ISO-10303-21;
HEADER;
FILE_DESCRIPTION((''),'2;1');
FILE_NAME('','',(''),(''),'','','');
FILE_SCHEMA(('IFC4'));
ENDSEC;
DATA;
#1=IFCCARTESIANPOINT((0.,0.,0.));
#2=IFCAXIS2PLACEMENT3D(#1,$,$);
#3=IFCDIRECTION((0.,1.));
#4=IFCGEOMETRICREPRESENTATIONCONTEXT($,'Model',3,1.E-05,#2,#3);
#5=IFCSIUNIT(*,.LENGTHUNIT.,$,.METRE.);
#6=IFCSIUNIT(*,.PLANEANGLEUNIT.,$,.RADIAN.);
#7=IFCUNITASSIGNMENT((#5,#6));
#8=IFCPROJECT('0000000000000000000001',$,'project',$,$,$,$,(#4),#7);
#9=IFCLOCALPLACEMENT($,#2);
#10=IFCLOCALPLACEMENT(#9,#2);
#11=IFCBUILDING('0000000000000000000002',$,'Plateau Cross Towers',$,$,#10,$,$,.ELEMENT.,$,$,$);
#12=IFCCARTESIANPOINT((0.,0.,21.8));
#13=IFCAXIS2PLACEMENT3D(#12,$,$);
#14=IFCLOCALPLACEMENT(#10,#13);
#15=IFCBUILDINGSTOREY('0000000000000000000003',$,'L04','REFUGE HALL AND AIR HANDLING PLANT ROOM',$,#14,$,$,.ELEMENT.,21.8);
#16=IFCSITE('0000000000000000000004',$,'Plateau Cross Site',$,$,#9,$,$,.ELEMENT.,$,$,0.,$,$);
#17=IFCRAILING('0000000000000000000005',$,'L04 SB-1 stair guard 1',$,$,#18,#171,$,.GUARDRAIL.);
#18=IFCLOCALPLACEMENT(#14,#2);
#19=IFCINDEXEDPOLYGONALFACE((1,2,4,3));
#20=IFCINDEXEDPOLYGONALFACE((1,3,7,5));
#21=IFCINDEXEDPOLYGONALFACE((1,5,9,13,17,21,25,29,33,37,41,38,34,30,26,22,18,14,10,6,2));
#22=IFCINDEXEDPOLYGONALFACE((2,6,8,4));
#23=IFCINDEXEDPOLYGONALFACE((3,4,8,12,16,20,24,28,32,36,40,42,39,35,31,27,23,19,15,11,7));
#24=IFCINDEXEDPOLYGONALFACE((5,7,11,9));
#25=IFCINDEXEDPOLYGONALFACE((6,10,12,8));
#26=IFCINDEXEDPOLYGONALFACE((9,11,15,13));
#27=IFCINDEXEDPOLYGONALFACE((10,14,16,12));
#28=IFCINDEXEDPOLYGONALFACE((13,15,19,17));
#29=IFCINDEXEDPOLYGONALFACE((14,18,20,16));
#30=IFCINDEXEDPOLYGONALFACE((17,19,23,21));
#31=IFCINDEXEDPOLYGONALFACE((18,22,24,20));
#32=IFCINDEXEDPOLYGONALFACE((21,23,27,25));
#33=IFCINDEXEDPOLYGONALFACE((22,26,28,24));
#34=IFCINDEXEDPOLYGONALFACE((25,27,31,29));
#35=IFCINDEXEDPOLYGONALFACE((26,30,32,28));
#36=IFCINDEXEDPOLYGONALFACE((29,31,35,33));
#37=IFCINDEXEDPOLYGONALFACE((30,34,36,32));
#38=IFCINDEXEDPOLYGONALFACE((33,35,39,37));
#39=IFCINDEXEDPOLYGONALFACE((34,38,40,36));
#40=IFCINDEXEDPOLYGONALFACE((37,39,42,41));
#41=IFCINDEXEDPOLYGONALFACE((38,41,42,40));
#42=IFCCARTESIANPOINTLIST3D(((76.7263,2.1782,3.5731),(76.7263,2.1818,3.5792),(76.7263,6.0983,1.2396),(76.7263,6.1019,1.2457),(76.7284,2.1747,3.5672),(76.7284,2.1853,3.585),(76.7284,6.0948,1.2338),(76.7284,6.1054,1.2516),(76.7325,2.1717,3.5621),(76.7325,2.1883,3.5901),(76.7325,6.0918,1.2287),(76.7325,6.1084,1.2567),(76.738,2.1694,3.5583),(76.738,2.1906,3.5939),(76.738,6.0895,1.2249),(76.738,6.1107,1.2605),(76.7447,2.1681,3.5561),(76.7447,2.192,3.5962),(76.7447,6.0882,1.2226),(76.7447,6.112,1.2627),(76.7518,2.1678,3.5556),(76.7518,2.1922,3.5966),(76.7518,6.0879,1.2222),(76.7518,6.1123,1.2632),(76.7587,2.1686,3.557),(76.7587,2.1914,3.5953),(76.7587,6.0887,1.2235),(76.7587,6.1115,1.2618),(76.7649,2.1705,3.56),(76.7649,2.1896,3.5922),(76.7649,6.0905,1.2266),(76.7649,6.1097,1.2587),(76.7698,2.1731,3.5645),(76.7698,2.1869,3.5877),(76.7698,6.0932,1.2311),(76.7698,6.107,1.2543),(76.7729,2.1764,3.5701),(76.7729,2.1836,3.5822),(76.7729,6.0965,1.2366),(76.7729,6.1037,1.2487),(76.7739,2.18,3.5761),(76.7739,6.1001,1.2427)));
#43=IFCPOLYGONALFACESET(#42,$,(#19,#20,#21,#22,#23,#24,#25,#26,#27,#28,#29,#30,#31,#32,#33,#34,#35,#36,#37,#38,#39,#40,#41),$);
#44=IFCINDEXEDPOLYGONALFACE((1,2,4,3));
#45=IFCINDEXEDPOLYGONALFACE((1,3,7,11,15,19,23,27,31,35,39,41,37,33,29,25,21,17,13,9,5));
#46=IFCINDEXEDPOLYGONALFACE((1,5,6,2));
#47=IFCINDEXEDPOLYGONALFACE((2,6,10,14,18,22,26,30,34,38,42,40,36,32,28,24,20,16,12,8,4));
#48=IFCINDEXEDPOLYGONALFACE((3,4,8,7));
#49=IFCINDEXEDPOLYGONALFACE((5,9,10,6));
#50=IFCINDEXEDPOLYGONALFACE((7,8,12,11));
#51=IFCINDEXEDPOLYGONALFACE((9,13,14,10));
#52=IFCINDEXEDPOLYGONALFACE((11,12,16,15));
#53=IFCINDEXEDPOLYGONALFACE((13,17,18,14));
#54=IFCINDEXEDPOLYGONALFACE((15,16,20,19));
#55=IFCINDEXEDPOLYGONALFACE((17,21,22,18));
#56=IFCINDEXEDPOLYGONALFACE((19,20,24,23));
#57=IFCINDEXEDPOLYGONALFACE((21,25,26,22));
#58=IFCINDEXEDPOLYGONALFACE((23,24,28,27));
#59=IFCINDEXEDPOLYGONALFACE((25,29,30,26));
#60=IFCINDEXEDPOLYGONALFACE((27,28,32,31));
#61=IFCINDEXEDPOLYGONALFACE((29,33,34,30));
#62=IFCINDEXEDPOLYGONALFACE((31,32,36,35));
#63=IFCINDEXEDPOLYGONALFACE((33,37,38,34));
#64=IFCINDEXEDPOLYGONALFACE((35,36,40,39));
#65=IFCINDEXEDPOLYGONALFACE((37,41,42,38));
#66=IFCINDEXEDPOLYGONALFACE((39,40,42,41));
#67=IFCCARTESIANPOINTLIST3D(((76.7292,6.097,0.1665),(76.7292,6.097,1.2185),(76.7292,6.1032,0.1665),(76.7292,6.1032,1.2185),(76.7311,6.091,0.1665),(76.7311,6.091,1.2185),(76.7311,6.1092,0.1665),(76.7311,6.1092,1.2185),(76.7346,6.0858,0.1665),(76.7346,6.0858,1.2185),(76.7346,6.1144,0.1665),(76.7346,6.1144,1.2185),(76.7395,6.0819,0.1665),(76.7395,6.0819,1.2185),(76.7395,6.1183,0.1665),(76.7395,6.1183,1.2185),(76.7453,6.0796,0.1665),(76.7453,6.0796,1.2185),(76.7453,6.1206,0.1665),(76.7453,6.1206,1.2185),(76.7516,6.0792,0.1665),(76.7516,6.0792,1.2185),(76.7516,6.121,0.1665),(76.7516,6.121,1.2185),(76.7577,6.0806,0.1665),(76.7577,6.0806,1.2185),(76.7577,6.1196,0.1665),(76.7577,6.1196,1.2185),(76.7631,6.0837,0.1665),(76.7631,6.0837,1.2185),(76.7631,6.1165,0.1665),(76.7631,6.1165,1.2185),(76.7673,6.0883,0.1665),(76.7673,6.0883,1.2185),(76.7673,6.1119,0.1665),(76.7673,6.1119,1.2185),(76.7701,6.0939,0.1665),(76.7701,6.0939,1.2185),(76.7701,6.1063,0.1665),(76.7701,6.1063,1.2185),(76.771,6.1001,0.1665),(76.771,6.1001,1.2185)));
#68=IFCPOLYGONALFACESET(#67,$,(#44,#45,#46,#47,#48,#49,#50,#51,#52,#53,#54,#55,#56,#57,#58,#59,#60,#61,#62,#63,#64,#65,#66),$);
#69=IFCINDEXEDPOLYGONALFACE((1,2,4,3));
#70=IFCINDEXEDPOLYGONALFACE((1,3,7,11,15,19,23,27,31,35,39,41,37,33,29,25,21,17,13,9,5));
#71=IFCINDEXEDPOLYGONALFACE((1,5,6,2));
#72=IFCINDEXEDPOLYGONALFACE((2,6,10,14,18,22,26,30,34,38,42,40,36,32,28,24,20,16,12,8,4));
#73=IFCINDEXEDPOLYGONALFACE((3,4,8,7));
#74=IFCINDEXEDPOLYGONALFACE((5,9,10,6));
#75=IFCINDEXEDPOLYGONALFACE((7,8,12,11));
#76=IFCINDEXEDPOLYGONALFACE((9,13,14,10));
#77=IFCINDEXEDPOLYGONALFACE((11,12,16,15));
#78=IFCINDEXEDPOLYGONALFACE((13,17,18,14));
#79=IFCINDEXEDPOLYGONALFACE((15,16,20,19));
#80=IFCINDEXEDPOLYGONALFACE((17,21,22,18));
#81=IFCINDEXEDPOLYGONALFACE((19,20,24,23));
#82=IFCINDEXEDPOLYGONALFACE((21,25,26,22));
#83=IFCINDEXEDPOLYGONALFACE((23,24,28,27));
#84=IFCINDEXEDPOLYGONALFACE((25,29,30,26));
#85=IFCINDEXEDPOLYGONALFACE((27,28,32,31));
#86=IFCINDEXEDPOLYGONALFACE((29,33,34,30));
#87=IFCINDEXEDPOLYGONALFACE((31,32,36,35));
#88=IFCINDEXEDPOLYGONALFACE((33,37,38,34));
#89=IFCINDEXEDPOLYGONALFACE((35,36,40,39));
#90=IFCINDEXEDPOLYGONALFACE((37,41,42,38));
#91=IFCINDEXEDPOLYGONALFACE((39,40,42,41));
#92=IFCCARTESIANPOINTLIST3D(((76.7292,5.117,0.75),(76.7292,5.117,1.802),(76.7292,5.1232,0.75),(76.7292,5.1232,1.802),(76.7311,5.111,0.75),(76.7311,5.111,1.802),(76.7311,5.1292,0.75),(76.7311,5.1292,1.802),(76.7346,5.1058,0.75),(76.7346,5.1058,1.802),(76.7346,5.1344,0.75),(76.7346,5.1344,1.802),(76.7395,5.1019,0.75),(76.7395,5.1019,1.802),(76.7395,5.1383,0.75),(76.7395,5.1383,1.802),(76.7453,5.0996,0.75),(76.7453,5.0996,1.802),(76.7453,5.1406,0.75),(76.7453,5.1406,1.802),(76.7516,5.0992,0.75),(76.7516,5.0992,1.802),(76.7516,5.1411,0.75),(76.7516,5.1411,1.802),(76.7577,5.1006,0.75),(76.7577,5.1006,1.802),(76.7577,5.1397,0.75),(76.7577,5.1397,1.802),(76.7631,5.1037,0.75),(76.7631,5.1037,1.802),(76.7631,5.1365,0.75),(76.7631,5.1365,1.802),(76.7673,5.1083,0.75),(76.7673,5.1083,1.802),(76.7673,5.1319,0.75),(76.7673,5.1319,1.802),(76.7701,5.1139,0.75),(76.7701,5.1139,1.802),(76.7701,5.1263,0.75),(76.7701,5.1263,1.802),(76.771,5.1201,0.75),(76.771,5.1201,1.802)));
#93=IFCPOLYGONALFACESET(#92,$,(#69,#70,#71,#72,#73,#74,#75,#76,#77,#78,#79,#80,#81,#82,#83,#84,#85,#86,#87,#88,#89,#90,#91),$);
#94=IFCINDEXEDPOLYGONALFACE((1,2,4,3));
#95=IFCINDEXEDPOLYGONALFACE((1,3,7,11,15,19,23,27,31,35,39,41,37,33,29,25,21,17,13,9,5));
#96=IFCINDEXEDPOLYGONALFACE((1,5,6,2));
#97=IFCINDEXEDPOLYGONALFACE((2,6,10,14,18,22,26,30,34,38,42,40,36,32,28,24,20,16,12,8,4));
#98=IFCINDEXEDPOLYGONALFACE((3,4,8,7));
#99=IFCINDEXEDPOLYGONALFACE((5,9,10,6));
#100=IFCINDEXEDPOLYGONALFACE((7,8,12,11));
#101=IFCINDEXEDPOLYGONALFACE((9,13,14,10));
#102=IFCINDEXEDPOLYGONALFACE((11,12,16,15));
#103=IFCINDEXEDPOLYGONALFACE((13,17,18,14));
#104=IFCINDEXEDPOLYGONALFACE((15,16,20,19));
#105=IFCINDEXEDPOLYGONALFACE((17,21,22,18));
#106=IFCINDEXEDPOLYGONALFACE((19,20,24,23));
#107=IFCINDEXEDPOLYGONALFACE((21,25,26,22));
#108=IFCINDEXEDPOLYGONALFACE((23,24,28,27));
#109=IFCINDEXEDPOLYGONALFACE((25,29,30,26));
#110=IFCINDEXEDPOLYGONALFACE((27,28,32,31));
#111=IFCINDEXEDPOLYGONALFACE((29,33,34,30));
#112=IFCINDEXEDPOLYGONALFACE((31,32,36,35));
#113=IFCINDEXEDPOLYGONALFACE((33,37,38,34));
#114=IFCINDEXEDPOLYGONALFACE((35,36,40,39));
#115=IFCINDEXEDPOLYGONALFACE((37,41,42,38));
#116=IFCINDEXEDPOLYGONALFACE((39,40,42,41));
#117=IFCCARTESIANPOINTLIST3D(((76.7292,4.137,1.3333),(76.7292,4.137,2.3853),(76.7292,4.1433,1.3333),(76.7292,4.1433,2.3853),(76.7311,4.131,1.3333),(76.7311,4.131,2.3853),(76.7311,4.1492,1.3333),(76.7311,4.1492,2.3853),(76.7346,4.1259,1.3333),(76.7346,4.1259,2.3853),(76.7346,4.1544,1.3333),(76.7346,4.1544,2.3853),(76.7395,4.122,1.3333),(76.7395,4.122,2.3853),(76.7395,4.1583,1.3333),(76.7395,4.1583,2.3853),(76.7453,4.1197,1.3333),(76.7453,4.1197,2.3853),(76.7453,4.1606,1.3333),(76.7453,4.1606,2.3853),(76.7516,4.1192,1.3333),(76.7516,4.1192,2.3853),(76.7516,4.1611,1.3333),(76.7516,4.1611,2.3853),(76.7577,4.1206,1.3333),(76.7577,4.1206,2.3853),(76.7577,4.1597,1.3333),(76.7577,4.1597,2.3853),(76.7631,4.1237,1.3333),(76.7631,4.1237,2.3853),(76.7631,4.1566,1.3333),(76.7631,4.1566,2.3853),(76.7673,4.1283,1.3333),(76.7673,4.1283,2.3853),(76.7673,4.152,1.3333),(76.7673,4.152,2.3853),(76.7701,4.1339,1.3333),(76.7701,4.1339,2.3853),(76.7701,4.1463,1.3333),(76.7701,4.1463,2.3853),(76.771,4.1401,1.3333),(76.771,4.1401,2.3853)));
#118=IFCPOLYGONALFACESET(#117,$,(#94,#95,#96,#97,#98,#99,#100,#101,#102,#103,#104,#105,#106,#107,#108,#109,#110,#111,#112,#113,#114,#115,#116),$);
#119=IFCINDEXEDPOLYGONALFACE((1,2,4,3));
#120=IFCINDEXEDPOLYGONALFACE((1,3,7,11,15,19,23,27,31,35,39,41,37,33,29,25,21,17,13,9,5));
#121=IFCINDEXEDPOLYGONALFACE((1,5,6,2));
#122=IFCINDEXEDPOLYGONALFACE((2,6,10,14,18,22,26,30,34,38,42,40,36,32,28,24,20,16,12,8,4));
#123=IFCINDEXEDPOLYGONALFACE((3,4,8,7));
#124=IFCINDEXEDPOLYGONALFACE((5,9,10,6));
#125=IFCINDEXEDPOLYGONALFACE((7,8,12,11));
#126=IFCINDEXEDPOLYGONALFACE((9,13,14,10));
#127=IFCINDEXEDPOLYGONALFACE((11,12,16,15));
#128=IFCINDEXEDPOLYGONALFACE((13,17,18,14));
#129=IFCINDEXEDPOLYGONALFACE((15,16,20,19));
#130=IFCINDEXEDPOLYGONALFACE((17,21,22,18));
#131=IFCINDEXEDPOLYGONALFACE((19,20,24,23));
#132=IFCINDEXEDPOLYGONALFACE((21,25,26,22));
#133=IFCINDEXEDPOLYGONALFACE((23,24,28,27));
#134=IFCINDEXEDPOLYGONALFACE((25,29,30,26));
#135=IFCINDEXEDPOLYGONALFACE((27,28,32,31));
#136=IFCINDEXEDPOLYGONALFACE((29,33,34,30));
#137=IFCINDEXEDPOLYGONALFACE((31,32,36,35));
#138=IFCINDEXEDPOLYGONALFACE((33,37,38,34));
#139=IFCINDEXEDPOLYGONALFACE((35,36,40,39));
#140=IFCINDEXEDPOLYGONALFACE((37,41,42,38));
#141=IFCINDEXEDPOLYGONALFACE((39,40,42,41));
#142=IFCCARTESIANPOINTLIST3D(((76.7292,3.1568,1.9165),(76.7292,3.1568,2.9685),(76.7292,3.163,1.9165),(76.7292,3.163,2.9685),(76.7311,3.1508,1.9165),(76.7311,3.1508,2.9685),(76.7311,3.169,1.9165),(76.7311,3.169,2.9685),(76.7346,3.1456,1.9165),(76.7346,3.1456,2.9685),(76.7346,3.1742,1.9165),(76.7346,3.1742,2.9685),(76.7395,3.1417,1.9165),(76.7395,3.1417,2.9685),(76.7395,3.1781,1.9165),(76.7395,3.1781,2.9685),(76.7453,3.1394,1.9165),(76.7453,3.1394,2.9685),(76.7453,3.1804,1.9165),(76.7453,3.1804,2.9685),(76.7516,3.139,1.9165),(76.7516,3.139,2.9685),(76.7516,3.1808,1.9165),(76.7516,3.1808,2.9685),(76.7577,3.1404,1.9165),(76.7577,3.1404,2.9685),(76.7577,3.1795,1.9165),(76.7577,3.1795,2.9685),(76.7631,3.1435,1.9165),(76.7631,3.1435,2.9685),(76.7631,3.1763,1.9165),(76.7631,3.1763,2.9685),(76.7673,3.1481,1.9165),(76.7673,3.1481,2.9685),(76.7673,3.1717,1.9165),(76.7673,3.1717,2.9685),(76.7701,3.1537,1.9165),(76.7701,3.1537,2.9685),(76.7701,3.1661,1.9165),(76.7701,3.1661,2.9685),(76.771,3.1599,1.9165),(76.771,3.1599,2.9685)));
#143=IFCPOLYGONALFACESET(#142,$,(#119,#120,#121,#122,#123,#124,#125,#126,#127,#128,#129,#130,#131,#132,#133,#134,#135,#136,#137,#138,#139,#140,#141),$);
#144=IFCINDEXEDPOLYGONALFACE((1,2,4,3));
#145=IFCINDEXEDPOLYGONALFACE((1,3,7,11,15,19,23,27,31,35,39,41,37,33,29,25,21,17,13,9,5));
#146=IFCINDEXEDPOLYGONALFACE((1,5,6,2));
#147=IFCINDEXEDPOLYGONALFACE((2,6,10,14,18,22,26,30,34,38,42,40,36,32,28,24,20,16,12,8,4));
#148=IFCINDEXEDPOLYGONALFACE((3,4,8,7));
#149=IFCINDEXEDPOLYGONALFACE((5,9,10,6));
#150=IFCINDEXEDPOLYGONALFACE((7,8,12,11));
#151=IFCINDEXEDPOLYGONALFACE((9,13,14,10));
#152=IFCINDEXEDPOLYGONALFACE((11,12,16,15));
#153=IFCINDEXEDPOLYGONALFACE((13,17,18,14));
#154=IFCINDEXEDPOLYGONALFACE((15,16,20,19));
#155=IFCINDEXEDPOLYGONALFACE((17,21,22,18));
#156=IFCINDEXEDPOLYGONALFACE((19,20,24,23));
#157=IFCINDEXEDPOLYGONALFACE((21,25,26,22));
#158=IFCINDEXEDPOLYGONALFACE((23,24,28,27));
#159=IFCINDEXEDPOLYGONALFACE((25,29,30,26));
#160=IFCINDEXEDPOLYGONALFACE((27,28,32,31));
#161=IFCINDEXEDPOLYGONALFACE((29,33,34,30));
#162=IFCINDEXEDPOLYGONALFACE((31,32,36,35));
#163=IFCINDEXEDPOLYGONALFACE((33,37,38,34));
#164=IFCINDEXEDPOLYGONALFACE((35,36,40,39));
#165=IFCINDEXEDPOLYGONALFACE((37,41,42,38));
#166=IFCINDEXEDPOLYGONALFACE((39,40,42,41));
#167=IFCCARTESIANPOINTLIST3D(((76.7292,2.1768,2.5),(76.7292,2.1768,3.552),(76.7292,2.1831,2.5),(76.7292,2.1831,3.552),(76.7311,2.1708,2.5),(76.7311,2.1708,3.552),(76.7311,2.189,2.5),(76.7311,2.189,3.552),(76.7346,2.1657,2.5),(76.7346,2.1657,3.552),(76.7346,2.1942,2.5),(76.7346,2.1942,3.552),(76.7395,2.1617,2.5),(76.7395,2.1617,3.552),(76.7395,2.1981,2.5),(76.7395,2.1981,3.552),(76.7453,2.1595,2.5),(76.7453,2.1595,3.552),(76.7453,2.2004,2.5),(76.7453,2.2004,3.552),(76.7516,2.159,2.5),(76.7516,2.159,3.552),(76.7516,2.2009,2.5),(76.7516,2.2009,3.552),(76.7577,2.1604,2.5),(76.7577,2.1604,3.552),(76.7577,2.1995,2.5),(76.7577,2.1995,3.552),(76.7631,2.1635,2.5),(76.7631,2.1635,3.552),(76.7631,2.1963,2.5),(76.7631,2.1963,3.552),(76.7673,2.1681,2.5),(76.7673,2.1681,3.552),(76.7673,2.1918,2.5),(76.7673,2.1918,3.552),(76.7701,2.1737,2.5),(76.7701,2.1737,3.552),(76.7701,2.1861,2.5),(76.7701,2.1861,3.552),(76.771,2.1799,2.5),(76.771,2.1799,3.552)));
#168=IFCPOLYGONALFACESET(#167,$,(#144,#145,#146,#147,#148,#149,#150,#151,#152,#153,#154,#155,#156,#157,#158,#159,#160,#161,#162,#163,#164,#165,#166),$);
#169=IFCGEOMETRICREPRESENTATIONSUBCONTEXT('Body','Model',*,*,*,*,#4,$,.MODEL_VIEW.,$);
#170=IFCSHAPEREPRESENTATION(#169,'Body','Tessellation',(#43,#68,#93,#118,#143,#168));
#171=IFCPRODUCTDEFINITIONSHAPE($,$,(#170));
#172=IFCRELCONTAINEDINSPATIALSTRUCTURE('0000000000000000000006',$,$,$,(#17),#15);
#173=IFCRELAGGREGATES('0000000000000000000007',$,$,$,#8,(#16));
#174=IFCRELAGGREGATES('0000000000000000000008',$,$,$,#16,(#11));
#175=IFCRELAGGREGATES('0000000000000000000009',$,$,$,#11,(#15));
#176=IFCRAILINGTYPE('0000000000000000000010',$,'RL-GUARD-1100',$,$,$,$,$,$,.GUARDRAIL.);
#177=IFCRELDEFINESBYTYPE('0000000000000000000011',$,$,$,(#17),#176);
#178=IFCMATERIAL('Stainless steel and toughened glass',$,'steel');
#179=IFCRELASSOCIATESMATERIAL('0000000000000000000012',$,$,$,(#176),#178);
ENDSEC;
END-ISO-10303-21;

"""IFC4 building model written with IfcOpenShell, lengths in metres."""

from ifc_helpers import new_model, si_unit, direction, frame, origin, origin_2d, place, context, subcontext, project, spatial, circle, extrude, material, type_object, element, save


model = new_model("IFC4")

# Units and contexts
model_context = context("Model", 3, precision=1e-05, world=origin(), true_north=direction((0.0, 1.0)))
body_context = subcontext(model_context, "Body", "Model", "MODEL_VIEW")
ifc_project = project(units=[si_unit("LENGTHUNIT", "METRE"), si_unit("PLANEANGLEUNIT", "RADIAN")], contexts=[model_context])

# Site, building, storey
site_placement = place(None, origin())
site = spatial("IfcSite", under=ifc_project, at=site_placement, Name="Plateau Cross Site", CompositionType="ELEMENT", RefElevation=0.0)
building_placement = place(site_placement, origin())
building = spatial("IfcBuilding", under=site, at=building_placement, Name="Plateau Cross Towers", CompositionType="ELEMENT")
storey_placement = place(building_placement, frame((0.0, 0.0, 21.8)))
storey = spatial("IfcBuildingStorey", under=building, at=storey_placement, Name="L04", Description="REFUGE HALL AND AIR HANDLING PLANT ROOM", CompositionType="ELEMENT", Elevation=21.8)

# Railing
ifc_material_1 = material(Name="Stainless steel and toughened glass", Category="steel")
railing_type_1 = type_object("IfcRailingType", Name="RL-GUARD-1100", PredefinedType="GUARDRAIL", material=ifc_material_1)
railing_1_placement = place(storey_placement, frame((76.75, 6.1001, 0.1665)))
element("IfcRailing", 1, at=railing_1_placement, inside=storey, type_object=railing_type_1, Name="L04 SB-1 stair guard 1", PredefinedType="GUARDRAIL", context=body_context, shape_type="SweptSolid", body=[
    extrude(circle(Radius=0.0239, at=origin_2d()), frame((0.0, 0.0, 1.0762), z_axis=(0.0, -0.859287, 0.511494), x_axis=(1.0, 0.0, 0.0)), (0.0, 0.0, 1.0), 4.562),
    extrude(circle(Radius=0.021, at=origin_2d()), origin(), (0.0, 0.0, 1.0), 1.052),
    extrude(circle(Radius=0.021, at=origin_2d()), frame((0.0, -0.98, 0.5835)), (0.0, 0.0, 1.0), 1.052),
    extrude(circle(Radius=0.021, at=origin_2d()), frame((0.0, -1.96, 1.1667)), (0.0, 0.0, 1.0), 1.052),
    extrude(circle(Radius=0.021, at=origin_2d()), frame((0.0, -2.9402, 1.75)), (0.0, 0.0, 1.0), 1.052),
    extrude(circle(Radius=0.021, at=origin_2d()), frame((0.0, -3.9202, 2.3335)), (0.0, 0.0, 1.0), 1.052),
])

save(model, "model.ifc")
